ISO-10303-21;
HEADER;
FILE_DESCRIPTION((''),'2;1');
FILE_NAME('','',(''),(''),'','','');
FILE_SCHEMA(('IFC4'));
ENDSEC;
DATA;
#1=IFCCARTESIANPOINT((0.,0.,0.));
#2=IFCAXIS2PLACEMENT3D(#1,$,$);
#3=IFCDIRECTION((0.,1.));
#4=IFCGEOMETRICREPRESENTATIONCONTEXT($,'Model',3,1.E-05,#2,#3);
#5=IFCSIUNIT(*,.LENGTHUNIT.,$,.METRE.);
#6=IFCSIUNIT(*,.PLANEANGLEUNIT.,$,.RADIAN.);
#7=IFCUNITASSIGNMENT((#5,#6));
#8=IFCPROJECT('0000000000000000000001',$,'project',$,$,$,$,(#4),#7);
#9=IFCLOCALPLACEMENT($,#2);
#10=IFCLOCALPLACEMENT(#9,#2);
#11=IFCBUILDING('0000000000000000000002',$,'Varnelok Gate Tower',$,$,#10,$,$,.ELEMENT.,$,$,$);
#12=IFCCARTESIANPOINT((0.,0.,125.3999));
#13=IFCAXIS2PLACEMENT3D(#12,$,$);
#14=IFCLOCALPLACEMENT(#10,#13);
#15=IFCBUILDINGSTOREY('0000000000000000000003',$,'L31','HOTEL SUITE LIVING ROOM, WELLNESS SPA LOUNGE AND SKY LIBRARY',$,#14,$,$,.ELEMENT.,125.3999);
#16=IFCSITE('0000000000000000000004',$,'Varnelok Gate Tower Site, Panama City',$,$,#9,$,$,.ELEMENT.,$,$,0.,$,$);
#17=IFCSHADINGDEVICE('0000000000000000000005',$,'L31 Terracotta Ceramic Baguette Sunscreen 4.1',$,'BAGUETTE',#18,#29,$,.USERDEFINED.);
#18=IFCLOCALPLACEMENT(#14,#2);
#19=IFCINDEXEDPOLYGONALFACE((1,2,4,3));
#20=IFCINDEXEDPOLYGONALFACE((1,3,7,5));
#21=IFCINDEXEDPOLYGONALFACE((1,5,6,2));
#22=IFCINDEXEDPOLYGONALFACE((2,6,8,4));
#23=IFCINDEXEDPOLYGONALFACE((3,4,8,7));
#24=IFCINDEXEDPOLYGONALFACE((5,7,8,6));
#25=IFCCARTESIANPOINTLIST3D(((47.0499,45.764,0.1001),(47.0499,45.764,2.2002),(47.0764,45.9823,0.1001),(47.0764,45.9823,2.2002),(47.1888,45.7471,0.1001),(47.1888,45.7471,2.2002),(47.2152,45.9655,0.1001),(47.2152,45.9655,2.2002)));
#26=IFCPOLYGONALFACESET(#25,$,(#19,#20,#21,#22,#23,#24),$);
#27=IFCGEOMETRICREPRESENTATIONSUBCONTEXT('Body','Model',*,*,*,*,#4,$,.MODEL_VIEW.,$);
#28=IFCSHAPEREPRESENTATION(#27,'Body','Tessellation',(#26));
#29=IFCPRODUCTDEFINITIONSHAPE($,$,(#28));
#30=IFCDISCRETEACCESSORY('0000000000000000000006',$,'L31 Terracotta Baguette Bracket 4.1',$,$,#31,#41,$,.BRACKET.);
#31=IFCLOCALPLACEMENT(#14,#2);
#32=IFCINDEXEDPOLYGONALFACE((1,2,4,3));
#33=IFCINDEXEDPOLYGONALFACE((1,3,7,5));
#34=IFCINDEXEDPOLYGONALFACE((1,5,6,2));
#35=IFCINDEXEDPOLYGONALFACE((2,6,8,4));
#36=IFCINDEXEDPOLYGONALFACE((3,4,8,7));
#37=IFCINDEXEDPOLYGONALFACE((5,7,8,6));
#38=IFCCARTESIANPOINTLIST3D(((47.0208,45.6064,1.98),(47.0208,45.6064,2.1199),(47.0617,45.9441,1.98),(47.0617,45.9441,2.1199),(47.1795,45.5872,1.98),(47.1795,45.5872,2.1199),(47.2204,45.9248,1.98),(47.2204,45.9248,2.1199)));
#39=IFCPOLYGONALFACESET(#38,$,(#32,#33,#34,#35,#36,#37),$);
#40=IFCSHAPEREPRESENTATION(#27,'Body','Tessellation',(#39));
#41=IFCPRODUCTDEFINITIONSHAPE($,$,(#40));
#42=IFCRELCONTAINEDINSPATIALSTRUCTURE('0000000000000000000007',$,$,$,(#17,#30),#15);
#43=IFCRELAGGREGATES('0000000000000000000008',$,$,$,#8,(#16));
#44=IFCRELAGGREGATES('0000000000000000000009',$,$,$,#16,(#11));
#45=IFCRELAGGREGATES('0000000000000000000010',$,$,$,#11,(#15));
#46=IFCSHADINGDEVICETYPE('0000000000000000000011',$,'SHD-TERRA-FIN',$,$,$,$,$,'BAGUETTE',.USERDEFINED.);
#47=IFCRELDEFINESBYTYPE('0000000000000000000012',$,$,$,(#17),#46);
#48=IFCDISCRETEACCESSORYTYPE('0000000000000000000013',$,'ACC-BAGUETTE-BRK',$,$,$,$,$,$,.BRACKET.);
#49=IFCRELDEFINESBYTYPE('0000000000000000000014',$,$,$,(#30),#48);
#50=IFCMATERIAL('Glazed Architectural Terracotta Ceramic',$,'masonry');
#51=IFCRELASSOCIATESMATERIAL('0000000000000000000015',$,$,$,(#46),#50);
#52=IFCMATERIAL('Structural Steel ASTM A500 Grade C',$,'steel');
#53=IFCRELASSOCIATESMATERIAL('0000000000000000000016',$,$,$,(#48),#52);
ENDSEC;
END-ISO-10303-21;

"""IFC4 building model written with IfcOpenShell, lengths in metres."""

from ifc_helpers import new_model, si_unit, direction, frame, origin, origin_2d, place, context, subcontext, project, spatial, rectangle, extrude, source, transform, mapped, material, type_object, element, save


model = new_model("IFC4")

# Units and contexts
model_context = context("Model", 3, precision=1e-05, world=origin(), true_north=direction((0.0, 1.0)))
body_context = subcontext(model_context, "Body", "Model", "MODEL_VIEW")
ifc_project = project(units=[si_unit("LENGTHUNIT", "METRE"), si_unit("PLANEANGLEUNIT", "RADIAN")], contexts=[model_context])

# Site, building, storey
site_placement = place(None, origin())
site = spatial("IfcSite", under=ifc_project, at=site_placement, Name="Varnelok Gate Tower Site, Panama City", CompositionType="ELEMENT", RefElevation=0.0)
building_placement = place(site_placement, origin())
building = spatial("IfcBuilding", under=site, at=building_placement, Name="Varnelok Gate Tower", CompositionType="ELEMENT")
storey_placement = place(building_placement, frame((0.0, 0.0, 125.3999)))
storey = spatial("IfcBuildingStorey", under=building, at=storey_placement, Name="L31", Description="HOTEL SUITE LIVING ROOM, WELLNESS SPA LOUNGE AND SKY LIBRARY", CompositionType="ELEMENT", Elevation=125.3999)

# Shading device
ifc_material_1 = material(Name="Glazed Architectural Terracotta Ceramic", Category="masonry")
shading_device_type = type_object("IfcShadingDeviceType", Name="SHD-TERRA-FIN", ElementType="BAGUETTE", PredefinedType="USERDEFINED", material=ifc_material_1)
shared_shape_1 = source(origin(), body_context, "Body", "SweptSolid", [
    extrude(rectangle(XDim=0.1399, YDim=0.22, at=origin_2d()), origin(), (0.0, 0.0, 1.0), 2.1001),
])
shading_device_placement = place(storey_placement, frame((47.1326, 45.8647, 0.1001), z_axis=(0.0, 0.0, 1.0), x_axis=(0.992732, -0.120345, 0.0)))
element("IfcShadingDevice", 1, at=shading_device_placement, inside=storey, type_object=shading_device_type, Name="L31 Terracotta Ceramic Baguette Sunscreen 4.1", ObjectType="BAGUETTE", PredefinedType="USERDEFINED", context=body_context, shape_type="MappedRepresentation", body=[
    mapped(shared_shape_1, transform((0.0, 0.0, 0.0), scale=1.0)),
])

# Discrete accessory
ifc_material_2 = material(Name="Structural Steel ASTM A500 Grade C", Category="steel")
discrete_accessory_type = type_object("IfcDiscreteAccessoryType", Name="ACC-BAGUETTE-BRK", PredefinedType="BRACKET", material=ifc_material_2)
shared_shape_2 = source(origin(), body_context, "Body", "SweptSolid", [
    extrude(rectangle(XDim=0.1599, YDim=0.3401, at=origin_2d()), origin(), (0.0, 0.0, 1.0), 0.1399),
])
discrete_accessory_placement = place(storey_placement, frame((47.1206, 45.7656, 1.98), z_axis=(0.0, 0.0, 1.0), x_axis=(0.992732, -0.120345, 0.0)))
element("IfcDiscreteAccessory", 2, at=discrete_accessory_placement, inside=storey, type_object=discrete_accessory_type, Name="L31 Terracotta Baguette Bracket 4.1", PredefinedType="BRACKET", context=body_context, shape_type="MappedRepresentation", body=[
    mapped(shared_shape_2, transform((0.0, 0.0, 0.0), scale=1.0)),
])

save(model, "model.ifc")
